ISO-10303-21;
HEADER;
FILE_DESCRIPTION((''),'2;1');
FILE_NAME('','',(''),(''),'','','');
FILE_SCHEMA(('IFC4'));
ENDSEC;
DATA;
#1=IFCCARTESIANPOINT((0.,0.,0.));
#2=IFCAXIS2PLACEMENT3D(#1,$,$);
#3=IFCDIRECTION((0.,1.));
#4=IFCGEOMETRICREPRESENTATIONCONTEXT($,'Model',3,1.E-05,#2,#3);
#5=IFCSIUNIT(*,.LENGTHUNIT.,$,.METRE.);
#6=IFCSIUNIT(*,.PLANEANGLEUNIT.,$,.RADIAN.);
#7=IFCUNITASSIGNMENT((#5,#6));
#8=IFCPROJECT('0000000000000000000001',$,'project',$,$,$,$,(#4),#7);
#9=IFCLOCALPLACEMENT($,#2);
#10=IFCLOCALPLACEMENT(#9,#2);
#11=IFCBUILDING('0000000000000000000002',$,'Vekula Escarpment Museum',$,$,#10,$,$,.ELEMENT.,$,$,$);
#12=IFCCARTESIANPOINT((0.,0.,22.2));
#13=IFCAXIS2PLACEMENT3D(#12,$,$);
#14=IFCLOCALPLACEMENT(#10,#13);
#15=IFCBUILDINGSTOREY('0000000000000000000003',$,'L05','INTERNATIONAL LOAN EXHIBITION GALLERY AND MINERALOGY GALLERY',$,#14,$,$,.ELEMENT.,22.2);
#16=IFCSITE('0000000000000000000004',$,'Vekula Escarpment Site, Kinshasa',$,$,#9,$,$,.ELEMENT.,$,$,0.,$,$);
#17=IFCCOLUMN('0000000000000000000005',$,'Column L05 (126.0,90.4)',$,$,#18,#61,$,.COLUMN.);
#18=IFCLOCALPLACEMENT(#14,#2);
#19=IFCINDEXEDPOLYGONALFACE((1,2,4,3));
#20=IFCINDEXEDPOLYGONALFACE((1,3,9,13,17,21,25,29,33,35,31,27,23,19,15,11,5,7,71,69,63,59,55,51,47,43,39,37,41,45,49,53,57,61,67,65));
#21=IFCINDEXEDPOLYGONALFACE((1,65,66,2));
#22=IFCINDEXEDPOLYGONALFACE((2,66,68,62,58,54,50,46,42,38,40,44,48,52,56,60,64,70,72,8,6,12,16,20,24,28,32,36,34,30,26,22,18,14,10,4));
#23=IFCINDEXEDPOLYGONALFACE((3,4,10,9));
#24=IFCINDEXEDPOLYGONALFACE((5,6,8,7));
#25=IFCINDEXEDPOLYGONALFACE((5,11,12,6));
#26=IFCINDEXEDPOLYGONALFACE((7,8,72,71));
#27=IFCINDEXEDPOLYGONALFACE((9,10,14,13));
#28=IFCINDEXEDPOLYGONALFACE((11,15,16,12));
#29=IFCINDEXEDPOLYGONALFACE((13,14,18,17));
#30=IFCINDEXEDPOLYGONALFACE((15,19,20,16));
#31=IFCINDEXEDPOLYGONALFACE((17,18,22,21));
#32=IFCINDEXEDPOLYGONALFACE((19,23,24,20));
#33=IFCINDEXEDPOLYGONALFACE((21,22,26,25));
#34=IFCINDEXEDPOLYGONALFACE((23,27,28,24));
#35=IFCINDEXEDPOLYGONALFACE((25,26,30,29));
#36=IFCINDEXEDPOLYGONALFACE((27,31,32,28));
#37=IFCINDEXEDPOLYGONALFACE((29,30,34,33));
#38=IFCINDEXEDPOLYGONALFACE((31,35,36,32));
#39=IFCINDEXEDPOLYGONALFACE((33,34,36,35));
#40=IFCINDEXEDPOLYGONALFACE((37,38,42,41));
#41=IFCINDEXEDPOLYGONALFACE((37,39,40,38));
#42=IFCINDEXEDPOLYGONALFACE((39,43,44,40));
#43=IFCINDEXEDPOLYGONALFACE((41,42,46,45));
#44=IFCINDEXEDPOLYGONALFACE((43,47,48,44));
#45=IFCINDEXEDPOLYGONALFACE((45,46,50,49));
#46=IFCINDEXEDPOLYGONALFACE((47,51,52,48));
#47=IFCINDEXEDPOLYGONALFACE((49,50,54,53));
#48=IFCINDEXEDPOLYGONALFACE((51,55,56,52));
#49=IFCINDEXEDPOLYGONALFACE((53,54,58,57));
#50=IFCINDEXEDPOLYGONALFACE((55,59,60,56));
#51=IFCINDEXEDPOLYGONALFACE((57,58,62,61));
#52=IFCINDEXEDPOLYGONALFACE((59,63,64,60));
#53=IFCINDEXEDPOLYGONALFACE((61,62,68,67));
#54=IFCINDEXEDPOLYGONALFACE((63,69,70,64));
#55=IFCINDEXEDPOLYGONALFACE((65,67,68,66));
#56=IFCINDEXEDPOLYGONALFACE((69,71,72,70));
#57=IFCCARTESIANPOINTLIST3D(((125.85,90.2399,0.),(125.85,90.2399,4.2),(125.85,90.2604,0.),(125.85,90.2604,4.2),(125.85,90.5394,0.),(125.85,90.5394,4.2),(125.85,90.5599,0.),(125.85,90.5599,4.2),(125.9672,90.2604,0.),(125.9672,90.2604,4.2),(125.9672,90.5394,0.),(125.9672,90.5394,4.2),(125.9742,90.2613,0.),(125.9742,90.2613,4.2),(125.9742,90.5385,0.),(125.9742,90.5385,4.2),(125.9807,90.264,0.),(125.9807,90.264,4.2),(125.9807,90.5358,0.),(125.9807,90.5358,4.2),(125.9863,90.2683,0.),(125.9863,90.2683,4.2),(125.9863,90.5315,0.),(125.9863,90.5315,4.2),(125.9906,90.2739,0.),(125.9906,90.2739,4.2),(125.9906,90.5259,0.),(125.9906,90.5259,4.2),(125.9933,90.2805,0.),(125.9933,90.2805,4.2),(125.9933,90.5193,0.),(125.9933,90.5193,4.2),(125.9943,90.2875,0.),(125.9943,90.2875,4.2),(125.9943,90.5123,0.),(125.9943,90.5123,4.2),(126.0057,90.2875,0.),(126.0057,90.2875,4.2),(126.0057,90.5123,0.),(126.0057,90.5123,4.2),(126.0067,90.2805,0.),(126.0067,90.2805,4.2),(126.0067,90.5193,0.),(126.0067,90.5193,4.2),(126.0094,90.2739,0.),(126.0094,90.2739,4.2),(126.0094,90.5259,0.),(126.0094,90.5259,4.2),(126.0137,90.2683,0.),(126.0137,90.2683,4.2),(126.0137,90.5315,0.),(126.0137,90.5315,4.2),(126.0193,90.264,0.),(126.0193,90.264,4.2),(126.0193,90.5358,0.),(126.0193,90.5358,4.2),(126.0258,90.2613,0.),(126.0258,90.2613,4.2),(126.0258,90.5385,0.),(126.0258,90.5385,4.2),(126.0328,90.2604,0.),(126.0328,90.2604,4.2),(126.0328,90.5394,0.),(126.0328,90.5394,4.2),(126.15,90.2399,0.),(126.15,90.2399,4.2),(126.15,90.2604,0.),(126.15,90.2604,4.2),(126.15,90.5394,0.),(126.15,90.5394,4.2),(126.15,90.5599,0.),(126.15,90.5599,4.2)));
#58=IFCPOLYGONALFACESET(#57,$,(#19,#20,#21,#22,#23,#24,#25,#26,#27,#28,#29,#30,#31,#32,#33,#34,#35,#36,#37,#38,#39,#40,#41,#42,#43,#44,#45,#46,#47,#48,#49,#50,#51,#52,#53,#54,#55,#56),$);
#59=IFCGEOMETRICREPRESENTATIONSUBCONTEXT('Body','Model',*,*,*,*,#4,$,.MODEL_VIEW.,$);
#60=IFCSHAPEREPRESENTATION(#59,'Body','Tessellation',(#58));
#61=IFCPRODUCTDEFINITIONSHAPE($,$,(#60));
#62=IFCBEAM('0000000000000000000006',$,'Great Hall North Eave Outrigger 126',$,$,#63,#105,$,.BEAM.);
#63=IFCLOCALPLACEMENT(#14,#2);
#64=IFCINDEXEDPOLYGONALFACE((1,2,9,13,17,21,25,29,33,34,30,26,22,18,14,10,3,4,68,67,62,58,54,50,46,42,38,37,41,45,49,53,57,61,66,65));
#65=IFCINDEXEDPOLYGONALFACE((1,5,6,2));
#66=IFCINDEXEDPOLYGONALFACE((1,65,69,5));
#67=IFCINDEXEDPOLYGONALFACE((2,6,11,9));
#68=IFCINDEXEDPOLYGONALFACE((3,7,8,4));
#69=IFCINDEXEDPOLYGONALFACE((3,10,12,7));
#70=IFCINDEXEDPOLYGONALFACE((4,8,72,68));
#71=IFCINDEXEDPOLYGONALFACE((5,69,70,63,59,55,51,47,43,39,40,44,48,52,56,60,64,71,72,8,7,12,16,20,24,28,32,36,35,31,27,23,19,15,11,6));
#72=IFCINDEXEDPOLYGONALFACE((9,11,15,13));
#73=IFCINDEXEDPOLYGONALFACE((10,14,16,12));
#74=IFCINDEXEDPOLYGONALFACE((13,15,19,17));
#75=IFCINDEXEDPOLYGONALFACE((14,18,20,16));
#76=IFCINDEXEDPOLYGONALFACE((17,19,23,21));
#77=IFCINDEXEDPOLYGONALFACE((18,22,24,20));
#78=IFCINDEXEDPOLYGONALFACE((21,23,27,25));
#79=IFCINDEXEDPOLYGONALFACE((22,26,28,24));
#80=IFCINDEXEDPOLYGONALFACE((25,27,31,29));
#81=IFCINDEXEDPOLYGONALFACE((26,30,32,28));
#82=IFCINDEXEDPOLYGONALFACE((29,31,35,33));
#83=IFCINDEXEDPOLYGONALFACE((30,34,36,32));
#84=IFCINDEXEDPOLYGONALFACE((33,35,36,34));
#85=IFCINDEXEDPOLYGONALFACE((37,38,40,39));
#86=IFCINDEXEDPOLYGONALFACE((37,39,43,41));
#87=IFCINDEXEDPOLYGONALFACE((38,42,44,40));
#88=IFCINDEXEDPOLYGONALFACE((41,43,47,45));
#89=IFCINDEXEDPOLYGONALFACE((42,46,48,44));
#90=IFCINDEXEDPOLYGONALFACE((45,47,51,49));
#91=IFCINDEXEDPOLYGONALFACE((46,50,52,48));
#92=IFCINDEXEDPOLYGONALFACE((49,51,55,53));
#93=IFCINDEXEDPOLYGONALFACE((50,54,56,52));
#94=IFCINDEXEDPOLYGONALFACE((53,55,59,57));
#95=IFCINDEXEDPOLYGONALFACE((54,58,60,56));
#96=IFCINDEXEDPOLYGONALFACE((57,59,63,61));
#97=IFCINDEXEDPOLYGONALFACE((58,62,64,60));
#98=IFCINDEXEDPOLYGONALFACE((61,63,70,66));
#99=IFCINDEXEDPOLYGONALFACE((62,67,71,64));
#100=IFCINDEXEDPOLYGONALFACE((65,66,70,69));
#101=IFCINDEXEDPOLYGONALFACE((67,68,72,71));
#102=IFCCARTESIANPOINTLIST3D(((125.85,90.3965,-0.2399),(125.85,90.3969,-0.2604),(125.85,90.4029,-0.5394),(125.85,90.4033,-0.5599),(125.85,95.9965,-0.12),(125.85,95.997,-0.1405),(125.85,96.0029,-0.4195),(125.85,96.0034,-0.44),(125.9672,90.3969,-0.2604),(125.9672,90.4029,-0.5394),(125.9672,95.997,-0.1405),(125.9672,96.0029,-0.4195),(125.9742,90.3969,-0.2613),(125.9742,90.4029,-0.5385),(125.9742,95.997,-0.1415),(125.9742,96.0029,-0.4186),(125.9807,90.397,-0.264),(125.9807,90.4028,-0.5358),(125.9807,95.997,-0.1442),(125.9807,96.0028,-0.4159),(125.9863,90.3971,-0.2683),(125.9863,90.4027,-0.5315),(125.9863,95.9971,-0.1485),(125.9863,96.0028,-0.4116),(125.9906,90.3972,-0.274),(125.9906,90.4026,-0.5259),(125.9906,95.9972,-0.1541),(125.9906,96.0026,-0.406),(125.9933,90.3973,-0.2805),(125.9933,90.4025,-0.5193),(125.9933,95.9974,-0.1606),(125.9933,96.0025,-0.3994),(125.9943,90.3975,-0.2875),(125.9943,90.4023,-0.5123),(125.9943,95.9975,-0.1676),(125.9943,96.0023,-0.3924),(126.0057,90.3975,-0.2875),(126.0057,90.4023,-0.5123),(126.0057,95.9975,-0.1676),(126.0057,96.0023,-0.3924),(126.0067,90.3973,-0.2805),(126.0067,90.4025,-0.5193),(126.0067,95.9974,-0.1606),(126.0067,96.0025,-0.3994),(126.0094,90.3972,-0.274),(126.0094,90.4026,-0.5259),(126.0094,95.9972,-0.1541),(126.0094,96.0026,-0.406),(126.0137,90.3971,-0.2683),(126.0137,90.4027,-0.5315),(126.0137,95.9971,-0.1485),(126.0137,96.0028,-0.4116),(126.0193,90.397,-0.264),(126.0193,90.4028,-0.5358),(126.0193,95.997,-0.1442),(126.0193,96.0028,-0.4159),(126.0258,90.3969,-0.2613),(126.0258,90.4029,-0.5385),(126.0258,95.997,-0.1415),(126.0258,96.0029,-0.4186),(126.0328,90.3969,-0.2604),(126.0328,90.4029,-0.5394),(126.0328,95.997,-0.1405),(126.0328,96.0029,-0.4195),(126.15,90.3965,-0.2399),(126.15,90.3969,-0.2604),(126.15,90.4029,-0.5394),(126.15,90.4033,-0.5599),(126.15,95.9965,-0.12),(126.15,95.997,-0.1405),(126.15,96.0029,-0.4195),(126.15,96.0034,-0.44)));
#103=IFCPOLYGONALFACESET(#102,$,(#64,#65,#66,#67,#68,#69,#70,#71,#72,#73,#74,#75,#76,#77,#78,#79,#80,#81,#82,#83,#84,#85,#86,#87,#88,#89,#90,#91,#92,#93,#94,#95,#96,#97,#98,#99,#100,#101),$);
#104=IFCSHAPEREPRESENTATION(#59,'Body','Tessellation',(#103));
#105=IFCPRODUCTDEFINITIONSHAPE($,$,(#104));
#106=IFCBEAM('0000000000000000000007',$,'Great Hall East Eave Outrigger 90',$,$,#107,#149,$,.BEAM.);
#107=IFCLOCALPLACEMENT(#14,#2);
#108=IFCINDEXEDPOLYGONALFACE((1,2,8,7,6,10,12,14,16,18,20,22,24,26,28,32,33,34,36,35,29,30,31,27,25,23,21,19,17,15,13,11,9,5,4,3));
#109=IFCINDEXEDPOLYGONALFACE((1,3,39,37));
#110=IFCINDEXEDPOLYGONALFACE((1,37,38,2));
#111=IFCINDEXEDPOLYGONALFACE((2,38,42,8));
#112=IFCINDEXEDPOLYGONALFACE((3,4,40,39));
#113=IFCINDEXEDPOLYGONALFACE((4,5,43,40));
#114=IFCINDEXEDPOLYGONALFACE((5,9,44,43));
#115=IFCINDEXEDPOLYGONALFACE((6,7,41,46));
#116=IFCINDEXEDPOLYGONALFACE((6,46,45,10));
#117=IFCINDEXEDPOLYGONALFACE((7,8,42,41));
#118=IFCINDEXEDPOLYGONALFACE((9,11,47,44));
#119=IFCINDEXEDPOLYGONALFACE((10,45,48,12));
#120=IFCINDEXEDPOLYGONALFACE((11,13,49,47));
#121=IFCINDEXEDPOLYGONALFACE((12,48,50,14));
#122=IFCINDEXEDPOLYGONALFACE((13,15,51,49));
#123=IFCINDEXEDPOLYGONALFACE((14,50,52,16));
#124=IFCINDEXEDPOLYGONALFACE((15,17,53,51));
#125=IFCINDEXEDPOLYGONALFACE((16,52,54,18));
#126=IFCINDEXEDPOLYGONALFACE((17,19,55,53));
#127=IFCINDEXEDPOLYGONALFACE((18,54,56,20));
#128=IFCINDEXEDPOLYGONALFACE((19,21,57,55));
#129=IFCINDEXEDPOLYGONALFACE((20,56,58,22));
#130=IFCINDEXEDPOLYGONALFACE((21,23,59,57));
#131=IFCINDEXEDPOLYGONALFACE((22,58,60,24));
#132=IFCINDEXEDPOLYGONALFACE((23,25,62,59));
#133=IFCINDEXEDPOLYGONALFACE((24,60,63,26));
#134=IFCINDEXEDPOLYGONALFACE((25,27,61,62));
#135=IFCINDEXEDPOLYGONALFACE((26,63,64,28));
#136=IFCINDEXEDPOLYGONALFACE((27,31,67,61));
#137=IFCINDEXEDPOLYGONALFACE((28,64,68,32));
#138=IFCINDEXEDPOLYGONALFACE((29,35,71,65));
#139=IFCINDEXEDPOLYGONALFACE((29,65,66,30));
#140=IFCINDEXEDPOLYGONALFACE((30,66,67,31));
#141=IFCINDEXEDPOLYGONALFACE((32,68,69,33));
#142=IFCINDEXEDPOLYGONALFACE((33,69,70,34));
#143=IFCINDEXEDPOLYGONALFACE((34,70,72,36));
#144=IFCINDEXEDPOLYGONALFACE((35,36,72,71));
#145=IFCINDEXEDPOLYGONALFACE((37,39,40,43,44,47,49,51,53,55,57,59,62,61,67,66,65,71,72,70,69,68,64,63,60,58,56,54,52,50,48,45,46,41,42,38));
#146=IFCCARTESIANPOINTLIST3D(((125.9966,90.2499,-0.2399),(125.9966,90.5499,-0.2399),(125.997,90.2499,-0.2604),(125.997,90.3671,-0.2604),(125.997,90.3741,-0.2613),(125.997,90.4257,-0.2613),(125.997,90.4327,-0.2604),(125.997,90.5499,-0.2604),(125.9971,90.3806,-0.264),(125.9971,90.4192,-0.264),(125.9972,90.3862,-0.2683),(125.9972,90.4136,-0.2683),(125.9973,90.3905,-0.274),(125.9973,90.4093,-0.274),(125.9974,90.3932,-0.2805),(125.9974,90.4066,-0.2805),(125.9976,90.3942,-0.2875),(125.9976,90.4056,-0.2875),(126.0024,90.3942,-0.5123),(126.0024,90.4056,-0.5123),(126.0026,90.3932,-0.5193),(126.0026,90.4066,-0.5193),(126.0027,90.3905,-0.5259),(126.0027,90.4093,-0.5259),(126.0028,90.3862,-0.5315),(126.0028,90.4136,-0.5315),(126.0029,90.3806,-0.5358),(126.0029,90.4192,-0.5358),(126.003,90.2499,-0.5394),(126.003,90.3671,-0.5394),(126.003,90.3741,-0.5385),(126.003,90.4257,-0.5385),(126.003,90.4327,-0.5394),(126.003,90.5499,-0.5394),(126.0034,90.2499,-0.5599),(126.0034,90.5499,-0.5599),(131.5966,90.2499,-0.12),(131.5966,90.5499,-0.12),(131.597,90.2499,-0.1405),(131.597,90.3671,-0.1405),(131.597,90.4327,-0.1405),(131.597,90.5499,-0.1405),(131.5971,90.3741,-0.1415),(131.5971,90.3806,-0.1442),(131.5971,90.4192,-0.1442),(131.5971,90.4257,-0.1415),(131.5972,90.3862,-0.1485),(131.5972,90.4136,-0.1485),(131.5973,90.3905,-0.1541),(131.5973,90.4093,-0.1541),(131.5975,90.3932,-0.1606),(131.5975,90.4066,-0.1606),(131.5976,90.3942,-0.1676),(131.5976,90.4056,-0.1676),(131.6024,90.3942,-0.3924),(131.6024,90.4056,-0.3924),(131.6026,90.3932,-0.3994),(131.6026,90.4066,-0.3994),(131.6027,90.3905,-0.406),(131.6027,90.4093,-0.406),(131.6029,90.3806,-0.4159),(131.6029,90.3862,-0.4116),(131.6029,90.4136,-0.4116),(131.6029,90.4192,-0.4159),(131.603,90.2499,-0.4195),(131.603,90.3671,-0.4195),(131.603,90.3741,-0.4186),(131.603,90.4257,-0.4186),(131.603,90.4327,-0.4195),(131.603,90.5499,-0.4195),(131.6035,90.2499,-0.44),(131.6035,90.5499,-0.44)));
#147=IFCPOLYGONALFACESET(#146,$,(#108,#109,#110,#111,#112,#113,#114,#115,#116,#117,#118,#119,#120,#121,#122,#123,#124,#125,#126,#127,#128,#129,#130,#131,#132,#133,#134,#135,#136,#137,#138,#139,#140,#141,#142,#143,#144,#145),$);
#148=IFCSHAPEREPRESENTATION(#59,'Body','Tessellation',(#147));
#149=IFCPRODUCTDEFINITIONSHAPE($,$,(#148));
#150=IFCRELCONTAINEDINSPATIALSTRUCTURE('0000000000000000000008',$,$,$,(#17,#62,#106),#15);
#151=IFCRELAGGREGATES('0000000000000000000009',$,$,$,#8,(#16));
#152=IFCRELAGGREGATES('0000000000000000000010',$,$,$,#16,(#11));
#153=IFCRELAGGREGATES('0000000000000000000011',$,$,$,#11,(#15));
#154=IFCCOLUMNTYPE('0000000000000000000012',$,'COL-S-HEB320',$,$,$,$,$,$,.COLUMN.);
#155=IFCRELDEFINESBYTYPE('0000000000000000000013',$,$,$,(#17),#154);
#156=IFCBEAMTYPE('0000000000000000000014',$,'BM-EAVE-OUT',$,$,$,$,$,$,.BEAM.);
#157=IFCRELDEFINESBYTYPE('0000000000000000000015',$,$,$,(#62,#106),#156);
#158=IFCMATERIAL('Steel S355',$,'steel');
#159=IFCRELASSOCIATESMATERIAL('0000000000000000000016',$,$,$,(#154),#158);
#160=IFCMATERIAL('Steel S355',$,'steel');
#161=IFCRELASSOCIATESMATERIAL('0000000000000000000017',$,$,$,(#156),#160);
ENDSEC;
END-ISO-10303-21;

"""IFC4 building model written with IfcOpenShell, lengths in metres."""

from ifc_helpers import new_model, si_unit, direction, frame, origin, origin_2d, place, context, subcontext, project, spatial, i_section, extrude, material, material_profile, profile_set, type_object, element, save


model = new_model("IFC4")

# Units and contexts
model_context = context("Model", 3, precision=1e-05, world=origin(), true_north=direction((0.0, 1.0)))
body_context = subcontext(model_context, "Body", "Model", "MODEL_VIEW")
ifc_project = project(units=[si_unit("LENGTHUNIT", "METRE"), si_unit("PLANEANGLEUNIT", "RADIAN")], contexts=[model_context])

# Site, building, storey
site_placement = place(None, origin())
site = spatial("IfcSite", under=ifc_project, at=site_placement, Name="Vekula Escarpment Site, Kinshasa", CompositionType="ELEMENT", RefElevation=0.0)
building_placement = place(site_placement, origin())
building = spatial("IfcBuilding", under=site, at=building_placement, Name="Vekula Escarpment Museum", CompositionType="ELEMENT")
storey_placement = place(building_placement, frame((0.0, 0.0, 22.2)))
storey = spatial("IfcBuildingStorey", under=building, at=storey_placement, Name="L05", Description="INTERNATIONAL LOAN EXHIBITION GALLERY AND MINERALOGY GALLERY", CompositionType="ELEMENT", Elevation=22.2)

# Column
ifc_material_1 = material(Name="Steel S355", Category="steel")
ifc_material_profile_1 = material_profile(ifc_material_1, i_section(OverallWidth=0.3, OverallDepth=0.3201, WebThickness=0.0115, FlangeThickness=0.0205, FilletRadius=0.0271, at=origin_2d()), Name="HEB 320")
ifc_profile_set_1 = profile_set([ifc_material_profile_1], Name="Steel S355")
column_type = type_object("IfcColumnType", Name="COL-S-HEB320", PredefinedType="COLUMN", material=ifc_profile_set_1)
column_placement = place(storey_placement, frame((126.0, 90.3999, 0.0), z_axis=(0.0, 0.0, 1.0), x_axis=(1.0, 0.0, 0.0)))
element("IfcColumn", 1, at=column_placement, inside=storey, type_object=column_type, Name="Column L05 (126.0,90.4)", PredefinedType="COLUMN", context=body_context, shape_type="SweptSolid", body=[
    extrude(i_section(OverallWidth=0.3, OverallDepth=0.3201, WebThickness=0.0115, FlangeThickness=0.0205, FilletRadius=0.0271, at=origin_2d()), origin(), (0.0, 0.0, 1.0), 4.2),
])

# Beams
ifc_material_2 = material(Name="Steel S355", Category="steel")
ifc_material_profile_2 = material_profile(ifc_material_2, i_section(OverallWidth=0.3, OverallDepth=0.3201, WebThickness=0.0115, FlangeThickness=0.0205, FilletRadius=0.0271, at=origin_2d()), Name="HEB 320")
ifc_profile_set_2 = profile_set([ifc_material_profile_2], Name="Steel S355")
beam_type = type_object("IfcBeamType", Name="BM-EAVE-OUT", PredefinedType="BEAM", material=ifc_profile_set_2)
for number, where, z_axis, x_axis, name in (
    (2, (126.0, 90.3999, -0.3999), (0.0, 0.999771, 0.021401), (-1.0, 0.0, 0.0), "Great Hall North Eave Outrigger 126"),
    (3, (126.0, 90.3999, -0.3999), (0.999771, 0.0, 0.021401), (0.0, 1.0, 0.0), "Great Hall East Eave Outrigger 90"),
):
    element("IfcBeam", number, at=place(storey_placement, frame(where, z_axis=z_axis, x_axis=x_axis)), inside=storey, type_object=beam_type, Name=name, PredefinedType="BEAM", context=body_context, shape_type="SweptSolid", body=[
        extrude(i_section(OverallWidth=0.3, OverallDepth=0.3201, WebThickness=0.0115, FlangeThickness=0.0205, FilletRadius=0.0271, at=origin_2d()), origin(), (0.0, 0.0, 1.0), 5.6013),
    ])

save(model, "model.ifc")
